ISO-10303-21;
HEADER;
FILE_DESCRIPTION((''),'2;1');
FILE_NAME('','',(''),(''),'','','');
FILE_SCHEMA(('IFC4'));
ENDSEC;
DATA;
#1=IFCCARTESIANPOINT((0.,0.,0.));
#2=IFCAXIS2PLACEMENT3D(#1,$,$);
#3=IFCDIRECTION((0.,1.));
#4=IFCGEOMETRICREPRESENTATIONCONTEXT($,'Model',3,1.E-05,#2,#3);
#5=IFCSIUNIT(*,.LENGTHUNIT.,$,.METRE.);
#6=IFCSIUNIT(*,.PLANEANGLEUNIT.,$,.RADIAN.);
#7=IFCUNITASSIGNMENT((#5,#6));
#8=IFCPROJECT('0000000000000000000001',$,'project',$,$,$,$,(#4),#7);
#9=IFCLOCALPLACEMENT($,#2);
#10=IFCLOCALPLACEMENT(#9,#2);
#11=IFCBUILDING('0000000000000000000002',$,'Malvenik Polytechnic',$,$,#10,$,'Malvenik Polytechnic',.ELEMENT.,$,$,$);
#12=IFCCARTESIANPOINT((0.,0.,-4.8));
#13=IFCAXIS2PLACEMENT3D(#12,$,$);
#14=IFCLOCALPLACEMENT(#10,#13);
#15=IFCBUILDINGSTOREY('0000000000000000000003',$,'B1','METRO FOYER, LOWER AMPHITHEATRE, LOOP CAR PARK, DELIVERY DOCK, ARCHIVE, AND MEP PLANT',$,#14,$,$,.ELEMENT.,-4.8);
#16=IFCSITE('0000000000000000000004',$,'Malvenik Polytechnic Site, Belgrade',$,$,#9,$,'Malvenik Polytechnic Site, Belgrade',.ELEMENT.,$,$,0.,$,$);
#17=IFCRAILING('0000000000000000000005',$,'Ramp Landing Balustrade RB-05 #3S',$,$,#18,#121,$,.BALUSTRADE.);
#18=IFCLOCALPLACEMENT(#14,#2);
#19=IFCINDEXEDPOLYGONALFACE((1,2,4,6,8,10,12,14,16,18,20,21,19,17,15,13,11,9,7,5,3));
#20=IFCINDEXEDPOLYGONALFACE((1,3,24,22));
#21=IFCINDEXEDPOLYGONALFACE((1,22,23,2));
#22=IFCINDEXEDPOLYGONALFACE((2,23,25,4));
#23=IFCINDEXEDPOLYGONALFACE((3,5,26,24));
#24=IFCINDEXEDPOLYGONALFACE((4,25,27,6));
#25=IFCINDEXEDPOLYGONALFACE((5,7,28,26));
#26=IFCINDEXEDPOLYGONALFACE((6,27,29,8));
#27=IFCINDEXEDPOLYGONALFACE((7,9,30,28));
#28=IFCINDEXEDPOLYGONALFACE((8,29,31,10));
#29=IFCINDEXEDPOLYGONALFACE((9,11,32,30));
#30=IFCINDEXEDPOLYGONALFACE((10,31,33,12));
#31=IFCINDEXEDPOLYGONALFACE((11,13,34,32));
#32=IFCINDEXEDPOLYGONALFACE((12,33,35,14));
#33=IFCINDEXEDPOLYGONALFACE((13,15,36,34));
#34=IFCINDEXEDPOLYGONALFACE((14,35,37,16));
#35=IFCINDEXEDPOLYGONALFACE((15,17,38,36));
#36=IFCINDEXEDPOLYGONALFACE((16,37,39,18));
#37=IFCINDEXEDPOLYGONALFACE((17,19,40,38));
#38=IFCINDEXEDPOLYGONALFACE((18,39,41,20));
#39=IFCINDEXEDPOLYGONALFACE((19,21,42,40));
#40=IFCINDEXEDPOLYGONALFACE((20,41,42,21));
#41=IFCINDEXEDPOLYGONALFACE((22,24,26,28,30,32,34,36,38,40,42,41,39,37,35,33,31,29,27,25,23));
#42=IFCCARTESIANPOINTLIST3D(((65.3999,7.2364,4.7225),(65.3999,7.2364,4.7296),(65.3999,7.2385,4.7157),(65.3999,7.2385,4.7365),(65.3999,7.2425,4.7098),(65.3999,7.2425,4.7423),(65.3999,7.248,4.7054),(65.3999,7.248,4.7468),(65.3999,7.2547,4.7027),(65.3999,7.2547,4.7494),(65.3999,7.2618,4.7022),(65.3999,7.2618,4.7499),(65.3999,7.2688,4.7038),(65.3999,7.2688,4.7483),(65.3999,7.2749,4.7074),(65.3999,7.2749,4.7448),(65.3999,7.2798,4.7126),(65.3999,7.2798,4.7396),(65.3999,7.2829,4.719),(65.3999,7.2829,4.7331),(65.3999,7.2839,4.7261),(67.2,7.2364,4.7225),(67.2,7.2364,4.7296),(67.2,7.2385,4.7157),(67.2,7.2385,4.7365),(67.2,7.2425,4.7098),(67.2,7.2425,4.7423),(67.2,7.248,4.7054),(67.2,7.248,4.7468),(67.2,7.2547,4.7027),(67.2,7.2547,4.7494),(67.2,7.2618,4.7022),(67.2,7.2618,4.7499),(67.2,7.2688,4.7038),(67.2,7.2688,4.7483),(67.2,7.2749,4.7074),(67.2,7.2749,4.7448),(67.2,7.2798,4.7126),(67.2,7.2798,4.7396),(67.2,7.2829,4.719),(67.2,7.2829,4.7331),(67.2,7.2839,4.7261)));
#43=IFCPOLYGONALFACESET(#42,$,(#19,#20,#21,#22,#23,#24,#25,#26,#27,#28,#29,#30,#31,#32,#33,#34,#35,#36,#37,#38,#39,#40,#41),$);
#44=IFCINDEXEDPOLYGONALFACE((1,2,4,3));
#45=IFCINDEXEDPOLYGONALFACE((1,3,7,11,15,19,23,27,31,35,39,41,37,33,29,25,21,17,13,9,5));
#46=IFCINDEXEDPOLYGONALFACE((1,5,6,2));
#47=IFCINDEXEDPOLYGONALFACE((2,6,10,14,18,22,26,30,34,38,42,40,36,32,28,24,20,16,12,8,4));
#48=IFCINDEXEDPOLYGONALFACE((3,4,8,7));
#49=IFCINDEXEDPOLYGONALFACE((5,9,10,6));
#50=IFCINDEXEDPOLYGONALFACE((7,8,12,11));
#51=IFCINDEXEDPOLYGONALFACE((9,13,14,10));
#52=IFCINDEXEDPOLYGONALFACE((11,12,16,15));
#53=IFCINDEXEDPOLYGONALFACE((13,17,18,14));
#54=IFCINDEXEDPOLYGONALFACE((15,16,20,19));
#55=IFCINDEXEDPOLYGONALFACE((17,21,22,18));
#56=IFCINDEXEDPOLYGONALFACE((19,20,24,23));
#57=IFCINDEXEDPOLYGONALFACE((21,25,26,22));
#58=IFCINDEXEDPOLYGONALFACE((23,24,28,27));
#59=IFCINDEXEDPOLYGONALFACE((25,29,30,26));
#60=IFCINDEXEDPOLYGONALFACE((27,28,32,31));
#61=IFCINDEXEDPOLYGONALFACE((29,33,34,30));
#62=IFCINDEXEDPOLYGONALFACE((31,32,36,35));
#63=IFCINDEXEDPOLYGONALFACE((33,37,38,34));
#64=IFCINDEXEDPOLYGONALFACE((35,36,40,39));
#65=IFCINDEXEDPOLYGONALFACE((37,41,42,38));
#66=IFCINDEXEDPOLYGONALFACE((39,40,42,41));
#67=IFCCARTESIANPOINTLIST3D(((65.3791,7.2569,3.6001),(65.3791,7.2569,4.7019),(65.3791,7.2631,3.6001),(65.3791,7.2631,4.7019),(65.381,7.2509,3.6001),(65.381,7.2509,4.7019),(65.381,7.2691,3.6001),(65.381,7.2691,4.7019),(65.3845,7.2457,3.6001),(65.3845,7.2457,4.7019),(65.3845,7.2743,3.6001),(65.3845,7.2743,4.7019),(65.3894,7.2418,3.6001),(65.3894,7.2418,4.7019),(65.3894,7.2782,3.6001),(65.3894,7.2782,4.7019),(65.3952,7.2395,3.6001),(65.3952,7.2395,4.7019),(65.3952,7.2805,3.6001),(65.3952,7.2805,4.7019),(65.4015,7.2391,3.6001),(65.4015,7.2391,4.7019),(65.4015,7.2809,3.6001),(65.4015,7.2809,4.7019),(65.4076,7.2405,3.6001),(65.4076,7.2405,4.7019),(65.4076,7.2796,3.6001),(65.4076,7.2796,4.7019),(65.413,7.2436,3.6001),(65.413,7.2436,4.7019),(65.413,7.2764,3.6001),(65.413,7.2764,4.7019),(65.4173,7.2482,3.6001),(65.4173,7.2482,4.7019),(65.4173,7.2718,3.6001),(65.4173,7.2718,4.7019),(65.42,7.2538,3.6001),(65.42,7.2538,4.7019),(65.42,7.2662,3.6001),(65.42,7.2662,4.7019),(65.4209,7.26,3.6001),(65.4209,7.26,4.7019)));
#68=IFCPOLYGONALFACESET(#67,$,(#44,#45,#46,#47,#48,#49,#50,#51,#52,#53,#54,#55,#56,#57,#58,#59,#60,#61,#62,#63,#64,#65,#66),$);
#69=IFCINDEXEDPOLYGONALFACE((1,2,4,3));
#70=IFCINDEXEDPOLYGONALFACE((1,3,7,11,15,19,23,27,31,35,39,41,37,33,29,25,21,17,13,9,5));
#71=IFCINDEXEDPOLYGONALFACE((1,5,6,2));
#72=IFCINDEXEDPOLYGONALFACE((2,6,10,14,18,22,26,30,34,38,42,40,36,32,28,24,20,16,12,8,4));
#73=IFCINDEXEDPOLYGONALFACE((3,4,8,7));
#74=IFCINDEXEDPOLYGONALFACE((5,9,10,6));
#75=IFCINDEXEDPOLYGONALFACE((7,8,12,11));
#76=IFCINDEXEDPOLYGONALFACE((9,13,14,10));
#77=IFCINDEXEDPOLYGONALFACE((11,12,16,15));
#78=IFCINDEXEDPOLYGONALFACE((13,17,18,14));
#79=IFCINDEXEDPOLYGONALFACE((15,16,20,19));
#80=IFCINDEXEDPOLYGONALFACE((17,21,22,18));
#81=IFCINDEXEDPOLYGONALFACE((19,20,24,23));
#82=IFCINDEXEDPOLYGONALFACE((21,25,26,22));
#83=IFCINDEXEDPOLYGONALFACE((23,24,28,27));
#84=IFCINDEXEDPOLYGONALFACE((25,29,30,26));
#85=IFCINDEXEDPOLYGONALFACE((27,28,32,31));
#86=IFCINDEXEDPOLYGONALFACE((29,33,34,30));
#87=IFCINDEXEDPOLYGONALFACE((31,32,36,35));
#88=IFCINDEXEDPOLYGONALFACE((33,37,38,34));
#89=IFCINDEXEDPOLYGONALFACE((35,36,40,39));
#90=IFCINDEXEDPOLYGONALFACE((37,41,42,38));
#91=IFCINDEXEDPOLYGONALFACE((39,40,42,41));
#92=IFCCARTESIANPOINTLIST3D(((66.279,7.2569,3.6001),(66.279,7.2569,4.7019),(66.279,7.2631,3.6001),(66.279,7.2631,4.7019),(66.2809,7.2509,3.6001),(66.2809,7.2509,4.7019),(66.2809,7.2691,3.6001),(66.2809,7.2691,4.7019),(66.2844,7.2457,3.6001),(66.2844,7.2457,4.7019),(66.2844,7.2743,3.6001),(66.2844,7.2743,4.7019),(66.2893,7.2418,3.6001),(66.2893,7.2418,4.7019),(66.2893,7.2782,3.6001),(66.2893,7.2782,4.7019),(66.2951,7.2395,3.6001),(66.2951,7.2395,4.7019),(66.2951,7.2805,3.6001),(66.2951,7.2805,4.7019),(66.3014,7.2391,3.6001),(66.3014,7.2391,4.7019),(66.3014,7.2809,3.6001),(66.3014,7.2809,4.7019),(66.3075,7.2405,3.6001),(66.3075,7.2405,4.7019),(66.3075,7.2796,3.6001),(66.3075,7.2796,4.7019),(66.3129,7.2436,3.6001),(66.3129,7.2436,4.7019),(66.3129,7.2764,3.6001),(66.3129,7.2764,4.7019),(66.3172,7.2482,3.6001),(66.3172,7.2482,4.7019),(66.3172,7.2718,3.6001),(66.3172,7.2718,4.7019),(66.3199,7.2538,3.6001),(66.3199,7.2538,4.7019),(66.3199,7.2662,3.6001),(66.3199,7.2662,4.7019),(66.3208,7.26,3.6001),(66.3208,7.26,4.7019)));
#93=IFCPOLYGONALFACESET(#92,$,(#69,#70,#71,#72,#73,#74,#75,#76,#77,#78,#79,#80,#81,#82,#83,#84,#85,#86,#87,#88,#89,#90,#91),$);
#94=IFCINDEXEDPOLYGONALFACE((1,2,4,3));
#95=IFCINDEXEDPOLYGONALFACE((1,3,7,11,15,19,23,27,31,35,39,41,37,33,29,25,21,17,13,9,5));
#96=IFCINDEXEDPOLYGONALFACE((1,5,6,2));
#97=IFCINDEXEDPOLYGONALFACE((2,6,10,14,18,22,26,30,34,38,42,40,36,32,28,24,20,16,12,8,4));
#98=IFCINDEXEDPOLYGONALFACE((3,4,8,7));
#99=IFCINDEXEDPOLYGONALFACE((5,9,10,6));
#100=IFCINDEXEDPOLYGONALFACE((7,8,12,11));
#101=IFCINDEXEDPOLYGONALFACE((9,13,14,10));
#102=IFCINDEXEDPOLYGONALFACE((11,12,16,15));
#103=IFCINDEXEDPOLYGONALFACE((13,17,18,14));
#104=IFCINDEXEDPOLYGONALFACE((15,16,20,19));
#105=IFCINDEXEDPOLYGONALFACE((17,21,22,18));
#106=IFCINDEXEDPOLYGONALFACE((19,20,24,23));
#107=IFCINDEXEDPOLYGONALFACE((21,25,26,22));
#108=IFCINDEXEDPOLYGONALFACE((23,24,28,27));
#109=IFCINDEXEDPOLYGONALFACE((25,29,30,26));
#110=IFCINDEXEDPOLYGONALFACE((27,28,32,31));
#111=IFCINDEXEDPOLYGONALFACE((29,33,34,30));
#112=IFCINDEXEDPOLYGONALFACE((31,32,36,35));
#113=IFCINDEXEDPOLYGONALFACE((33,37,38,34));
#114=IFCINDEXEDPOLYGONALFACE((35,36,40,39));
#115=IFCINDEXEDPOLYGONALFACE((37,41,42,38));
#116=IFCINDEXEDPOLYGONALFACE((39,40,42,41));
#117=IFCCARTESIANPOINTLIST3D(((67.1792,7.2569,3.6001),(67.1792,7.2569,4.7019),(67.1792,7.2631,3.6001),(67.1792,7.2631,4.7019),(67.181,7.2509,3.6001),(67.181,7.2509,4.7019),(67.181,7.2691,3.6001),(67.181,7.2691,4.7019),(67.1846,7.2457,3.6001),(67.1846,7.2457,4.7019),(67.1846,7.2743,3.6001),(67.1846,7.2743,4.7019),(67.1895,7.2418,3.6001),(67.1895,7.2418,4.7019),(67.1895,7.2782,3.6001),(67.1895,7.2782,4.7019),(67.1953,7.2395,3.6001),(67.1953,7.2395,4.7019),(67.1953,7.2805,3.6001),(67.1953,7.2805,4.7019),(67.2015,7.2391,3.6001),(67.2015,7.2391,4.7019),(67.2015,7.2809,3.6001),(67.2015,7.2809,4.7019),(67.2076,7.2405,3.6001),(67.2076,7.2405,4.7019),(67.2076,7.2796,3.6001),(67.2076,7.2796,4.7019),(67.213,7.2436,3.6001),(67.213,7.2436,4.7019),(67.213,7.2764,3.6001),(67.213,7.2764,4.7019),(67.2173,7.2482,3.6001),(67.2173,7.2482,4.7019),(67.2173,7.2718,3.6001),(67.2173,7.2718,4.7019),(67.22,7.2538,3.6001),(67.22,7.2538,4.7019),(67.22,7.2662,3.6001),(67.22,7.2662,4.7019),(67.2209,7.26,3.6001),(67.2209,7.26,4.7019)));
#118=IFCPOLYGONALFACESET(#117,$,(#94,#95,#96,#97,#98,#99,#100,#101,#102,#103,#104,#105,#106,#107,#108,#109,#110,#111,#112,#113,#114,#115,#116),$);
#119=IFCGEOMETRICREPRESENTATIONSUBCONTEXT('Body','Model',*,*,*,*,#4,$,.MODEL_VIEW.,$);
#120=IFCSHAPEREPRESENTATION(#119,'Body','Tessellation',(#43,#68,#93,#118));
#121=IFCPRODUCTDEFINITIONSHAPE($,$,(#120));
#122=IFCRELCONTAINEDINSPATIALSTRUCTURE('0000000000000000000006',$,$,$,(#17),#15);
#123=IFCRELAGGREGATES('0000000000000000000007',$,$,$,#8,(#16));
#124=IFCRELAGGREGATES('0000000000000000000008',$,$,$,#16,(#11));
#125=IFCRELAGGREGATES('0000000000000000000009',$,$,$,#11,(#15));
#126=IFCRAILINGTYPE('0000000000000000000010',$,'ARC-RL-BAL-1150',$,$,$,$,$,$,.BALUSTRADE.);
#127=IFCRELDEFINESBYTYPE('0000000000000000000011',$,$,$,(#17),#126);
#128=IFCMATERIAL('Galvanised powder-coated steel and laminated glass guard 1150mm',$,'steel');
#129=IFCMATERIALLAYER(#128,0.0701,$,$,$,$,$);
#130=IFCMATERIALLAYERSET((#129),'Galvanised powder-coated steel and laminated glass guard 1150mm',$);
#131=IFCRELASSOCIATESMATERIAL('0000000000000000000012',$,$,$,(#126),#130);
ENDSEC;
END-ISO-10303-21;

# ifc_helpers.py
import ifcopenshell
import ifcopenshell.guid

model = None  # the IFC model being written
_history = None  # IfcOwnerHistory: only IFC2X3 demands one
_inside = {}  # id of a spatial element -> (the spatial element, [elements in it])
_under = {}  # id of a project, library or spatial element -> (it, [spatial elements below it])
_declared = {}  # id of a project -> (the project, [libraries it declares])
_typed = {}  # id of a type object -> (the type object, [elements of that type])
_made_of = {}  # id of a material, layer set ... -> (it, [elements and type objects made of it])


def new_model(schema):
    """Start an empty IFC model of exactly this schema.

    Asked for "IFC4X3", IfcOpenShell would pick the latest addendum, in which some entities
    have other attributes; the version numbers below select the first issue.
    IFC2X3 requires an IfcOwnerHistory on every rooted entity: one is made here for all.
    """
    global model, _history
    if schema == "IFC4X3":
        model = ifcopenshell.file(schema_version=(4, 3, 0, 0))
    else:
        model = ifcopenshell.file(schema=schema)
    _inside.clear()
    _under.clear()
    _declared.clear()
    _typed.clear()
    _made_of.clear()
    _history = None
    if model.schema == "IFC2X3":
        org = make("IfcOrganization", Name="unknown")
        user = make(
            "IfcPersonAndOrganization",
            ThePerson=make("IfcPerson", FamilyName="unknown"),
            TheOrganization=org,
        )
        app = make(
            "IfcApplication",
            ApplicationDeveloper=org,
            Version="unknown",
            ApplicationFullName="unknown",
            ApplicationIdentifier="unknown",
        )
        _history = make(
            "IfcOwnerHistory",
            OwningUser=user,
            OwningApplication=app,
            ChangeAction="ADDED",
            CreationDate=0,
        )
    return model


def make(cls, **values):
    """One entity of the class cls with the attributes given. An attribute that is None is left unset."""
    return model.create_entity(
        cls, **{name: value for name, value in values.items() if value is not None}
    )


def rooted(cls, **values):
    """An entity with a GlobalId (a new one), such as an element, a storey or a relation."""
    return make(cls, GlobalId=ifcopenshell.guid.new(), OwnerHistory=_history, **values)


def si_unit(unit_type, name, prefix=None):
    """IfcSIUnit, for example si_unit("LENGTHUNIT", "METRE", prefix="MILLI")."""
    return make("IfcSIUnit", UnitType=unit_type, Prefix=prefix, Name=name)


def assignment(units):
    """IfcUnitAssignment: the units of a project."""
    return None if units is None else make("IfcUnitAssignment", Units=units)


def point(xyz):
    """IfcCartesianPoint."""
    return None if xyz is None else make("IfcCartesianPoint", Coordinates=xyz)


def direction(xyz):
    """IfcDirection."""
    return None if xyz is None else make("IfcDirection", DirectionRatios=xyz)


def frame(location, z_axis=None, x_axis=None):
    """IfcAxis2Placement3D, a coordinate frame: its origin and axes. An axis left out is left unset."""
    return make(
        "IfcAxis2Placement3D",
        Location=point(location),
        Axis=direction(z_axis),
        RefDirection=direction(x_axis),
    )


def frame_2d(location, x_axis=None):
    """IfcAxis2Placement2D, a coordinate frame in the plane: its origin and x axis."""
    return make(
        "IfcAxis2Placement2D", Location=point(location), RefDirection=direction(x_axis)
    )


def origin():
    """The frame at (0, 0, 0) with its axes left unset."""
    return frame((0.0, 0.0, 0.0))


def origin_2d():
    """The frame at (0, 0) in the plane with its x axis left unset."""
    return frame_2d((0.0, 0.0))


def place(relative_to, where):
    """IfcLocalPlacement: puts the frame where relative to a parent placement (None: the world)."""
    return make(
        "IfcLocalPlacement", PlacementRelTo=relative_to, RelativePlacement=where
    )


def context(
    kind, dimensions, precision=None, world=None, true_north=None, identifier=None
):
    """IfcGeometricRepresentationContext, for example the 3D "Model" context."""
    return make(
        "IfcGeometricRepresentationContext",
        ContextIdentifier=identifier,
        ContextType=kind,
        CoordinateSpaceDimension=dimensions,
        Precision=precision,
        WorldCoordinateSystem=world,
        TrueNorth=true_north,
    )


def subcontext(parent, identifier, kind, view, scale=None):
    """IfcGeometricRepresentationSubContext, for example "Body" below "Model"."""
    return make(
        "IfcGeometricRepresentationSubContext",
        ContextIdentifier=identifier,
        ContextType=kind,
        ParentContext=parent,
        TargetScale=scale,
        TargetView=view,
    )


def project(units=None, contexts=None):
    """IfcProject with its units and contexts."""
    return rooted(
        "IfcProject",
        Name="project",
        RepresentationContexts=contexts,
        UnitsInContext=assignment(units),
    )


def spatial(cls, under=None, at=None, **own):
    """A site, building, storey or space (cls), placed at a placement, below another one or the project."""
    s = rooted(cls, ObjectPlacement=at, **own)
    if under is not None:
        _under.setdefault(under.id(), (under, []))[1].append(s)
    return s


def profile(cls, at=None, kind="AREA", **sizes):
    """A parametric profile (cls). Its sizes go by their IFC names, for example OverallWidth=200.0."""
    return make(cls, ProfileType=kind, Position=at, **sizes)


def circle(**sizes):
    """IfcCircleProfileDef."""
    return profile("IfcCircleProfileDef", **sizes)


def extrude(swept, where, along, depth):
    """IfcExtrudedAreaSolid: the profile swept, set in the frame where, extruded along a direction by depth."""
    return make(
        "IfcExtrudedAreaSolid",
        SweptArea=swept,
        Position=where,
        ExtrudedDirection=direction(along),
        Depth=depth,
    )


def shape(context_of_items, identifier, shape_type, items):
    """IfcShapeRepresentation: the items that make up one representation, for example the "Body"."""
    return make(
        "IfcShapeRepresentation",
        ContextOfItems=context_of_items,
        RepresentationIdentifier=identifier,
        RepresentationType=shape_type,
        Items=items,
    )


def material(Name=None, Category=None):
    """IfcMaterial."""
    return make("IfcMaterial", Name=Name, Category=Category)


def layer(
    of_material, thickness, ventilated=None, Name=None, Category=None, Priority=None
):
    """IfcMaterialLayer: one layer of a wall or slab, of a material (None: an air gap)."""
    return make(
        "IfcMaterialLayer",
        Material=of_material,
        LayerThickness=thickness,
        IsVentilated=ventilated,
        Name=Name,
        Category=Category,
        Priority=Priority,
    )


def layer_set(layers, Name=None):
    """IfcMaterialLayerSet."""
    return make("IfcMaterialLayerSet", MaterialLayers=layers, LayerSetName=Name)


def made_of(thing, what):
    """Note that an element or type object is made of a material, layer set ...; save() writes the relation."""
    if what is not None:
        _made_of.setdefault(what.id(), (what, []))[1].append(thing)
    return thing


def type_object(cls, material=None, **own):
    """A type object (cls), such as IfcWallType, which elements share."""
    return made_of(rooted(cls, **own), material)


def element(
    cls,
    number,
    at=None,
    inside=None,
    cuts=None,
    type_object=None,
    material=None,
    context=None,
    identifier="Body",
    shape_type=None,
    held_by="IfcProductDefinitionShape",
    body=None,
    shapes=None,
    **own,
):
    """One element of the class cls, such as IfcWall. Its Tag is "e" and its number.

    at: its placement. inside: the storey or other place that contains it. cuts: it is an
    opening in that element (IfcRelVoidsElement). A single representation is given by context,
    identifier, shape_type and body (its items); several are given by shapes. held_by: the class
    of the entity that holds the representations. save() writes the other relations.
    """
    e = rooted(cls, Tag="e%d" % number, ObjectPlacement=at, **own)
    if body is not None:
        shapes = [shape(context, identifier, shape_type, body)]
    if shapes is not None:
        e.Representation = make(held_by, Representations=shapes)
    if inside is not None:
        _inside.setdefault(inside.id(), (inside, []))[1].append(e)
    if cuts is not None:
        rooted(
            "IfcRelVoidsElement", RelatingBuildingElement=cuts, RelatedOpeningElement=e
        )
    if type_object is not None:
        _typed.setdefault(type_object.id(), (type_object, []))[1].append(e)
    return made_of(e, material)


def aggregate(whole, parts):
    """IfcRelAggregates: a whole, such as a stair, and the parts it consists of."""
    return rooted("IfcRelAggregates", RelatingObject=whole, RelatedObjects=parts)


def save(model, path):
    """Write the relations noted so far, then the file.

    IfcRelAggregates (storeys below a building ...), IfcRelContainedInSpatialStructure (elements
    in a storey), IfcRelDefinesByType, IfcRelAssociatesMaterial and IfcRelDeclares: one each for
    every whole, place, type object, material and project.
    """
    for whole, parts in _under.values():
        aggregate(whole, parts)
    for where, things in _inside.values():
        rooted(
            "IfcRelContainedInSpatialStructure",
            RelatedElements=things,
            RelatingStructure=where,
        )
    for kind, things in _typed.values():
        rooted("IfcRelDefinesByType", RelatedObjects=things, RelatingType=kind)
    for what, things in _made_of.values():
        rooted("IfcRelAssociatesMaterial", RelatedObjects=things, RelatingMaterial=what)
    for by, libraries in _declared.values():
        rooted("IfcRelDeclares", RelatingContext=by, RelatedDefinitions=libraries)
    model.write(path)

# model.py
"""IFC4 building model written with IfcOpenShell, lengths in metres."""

from ifc_helpers import new_model, si_unit, direction, frame, origin, origin_2d, place, context, subcontext, project, spatial, circle, extrude, material, layer, layer_set, type_object, element, save


model = new_model("IFC4")

# Units and contexts
model_context = context("Model", 3, precision=1e-05, world=origin(), true_north=direction((0.0, 1.0)))
body_context = subcontext(model_context, "Body", "Model", "MODEL_VIEW")
ifc_project = project(units=[si_unit("LENGTHUNIT", "METRE"), si_unit("PLANEANGLEUNIT", "RADIAN")], contexts=[model_context])

# Site, building, storey
site_placement = place(None, origin())
site = spatial("IfcSite", under=ifc_project, at=site_placement, Name="Malvenik Polytechnic Site, Belgrade", LongName="Malvenik Polytechnic Site, Belgrade", CompositionType="ELEMENT", RefElevation=0.0)
building_placement = place(site_placement, origin())
building = spatial("IfcBuilding", under=site, at=building_placement, Name="Malvenik Polytechnic", LongName="Malvenik Polytechnic", CompositionType="ELEMENT")
storey_placement = place(building_placement, frame((0.0, 0.0, -4.8)))
storey = spatial("IfcBuildingStorey", under=building, at=storey_placement, Name="B1", Description="METRO FOYER, LOWER AMPHITHEATRE, LOOP CAR PARK, DELIVERY DOCK, ARCHIVE, AND MEP PLANT", CompositionType="ELEMENT", Elevation=-4.8)

# Railing
ifc_material_1 = material(Name="Galvanised powder-coated steel and laminated glass guard 1150mm", Category="steel")
ifc_layer_1 = layer(ifc_material_1, 0.0701)
ifc_layer_set_1 = layer_set([ifc_layer_1], Name="Galvanised powder-coated steel and laminated glass guard 1150mm")
railing_type_1 = type_object("IfcRailingType", Name="ARC-RL-BAL-1150", PredefinedType="BALUSTRADE", material=ifc_layer_set_1)
for number, where, name in (
    (1, (65.3999, 7.26, 3.6001), "Ramp Landing Balustrade RB-05 #3S"),
):
    element("IfcRailing", number, at=place(storey_placement, frame(where)), inside=storey, type_object=railing_type_1, Name=name, PredefinedType="BALUSTRADE", context=body_context, shape_type="SweptSolid", body=[
        extrude(circle(Radius=0.0239, at=origin_2d()), frame((0.0, 0.0, 1.126), z_axis=(1.0, 0.0, 0.0), x_axis=(0.0, 1.0, 0.0)), (0.0, 0.0, 1.0), 1.8),
        extrude(circle(Radius=0.021, at=origin_2d()), origin(), (0.0, 0.0, 1.0), 1.1018),
        extrude(circle(Radius=0.021, at=origin_2d()), frame((0.8999, 0.0, 0.0)), (0.0, 0.0, 1.0), 1.1018),
        extrude(circle(Radius=0.021, at=origin_2d()), frame((1.8, 0.0, 0.0)), (0.0, 0.0, 1.0), 1.1018),
    ])

save(model, "model.ifc")
